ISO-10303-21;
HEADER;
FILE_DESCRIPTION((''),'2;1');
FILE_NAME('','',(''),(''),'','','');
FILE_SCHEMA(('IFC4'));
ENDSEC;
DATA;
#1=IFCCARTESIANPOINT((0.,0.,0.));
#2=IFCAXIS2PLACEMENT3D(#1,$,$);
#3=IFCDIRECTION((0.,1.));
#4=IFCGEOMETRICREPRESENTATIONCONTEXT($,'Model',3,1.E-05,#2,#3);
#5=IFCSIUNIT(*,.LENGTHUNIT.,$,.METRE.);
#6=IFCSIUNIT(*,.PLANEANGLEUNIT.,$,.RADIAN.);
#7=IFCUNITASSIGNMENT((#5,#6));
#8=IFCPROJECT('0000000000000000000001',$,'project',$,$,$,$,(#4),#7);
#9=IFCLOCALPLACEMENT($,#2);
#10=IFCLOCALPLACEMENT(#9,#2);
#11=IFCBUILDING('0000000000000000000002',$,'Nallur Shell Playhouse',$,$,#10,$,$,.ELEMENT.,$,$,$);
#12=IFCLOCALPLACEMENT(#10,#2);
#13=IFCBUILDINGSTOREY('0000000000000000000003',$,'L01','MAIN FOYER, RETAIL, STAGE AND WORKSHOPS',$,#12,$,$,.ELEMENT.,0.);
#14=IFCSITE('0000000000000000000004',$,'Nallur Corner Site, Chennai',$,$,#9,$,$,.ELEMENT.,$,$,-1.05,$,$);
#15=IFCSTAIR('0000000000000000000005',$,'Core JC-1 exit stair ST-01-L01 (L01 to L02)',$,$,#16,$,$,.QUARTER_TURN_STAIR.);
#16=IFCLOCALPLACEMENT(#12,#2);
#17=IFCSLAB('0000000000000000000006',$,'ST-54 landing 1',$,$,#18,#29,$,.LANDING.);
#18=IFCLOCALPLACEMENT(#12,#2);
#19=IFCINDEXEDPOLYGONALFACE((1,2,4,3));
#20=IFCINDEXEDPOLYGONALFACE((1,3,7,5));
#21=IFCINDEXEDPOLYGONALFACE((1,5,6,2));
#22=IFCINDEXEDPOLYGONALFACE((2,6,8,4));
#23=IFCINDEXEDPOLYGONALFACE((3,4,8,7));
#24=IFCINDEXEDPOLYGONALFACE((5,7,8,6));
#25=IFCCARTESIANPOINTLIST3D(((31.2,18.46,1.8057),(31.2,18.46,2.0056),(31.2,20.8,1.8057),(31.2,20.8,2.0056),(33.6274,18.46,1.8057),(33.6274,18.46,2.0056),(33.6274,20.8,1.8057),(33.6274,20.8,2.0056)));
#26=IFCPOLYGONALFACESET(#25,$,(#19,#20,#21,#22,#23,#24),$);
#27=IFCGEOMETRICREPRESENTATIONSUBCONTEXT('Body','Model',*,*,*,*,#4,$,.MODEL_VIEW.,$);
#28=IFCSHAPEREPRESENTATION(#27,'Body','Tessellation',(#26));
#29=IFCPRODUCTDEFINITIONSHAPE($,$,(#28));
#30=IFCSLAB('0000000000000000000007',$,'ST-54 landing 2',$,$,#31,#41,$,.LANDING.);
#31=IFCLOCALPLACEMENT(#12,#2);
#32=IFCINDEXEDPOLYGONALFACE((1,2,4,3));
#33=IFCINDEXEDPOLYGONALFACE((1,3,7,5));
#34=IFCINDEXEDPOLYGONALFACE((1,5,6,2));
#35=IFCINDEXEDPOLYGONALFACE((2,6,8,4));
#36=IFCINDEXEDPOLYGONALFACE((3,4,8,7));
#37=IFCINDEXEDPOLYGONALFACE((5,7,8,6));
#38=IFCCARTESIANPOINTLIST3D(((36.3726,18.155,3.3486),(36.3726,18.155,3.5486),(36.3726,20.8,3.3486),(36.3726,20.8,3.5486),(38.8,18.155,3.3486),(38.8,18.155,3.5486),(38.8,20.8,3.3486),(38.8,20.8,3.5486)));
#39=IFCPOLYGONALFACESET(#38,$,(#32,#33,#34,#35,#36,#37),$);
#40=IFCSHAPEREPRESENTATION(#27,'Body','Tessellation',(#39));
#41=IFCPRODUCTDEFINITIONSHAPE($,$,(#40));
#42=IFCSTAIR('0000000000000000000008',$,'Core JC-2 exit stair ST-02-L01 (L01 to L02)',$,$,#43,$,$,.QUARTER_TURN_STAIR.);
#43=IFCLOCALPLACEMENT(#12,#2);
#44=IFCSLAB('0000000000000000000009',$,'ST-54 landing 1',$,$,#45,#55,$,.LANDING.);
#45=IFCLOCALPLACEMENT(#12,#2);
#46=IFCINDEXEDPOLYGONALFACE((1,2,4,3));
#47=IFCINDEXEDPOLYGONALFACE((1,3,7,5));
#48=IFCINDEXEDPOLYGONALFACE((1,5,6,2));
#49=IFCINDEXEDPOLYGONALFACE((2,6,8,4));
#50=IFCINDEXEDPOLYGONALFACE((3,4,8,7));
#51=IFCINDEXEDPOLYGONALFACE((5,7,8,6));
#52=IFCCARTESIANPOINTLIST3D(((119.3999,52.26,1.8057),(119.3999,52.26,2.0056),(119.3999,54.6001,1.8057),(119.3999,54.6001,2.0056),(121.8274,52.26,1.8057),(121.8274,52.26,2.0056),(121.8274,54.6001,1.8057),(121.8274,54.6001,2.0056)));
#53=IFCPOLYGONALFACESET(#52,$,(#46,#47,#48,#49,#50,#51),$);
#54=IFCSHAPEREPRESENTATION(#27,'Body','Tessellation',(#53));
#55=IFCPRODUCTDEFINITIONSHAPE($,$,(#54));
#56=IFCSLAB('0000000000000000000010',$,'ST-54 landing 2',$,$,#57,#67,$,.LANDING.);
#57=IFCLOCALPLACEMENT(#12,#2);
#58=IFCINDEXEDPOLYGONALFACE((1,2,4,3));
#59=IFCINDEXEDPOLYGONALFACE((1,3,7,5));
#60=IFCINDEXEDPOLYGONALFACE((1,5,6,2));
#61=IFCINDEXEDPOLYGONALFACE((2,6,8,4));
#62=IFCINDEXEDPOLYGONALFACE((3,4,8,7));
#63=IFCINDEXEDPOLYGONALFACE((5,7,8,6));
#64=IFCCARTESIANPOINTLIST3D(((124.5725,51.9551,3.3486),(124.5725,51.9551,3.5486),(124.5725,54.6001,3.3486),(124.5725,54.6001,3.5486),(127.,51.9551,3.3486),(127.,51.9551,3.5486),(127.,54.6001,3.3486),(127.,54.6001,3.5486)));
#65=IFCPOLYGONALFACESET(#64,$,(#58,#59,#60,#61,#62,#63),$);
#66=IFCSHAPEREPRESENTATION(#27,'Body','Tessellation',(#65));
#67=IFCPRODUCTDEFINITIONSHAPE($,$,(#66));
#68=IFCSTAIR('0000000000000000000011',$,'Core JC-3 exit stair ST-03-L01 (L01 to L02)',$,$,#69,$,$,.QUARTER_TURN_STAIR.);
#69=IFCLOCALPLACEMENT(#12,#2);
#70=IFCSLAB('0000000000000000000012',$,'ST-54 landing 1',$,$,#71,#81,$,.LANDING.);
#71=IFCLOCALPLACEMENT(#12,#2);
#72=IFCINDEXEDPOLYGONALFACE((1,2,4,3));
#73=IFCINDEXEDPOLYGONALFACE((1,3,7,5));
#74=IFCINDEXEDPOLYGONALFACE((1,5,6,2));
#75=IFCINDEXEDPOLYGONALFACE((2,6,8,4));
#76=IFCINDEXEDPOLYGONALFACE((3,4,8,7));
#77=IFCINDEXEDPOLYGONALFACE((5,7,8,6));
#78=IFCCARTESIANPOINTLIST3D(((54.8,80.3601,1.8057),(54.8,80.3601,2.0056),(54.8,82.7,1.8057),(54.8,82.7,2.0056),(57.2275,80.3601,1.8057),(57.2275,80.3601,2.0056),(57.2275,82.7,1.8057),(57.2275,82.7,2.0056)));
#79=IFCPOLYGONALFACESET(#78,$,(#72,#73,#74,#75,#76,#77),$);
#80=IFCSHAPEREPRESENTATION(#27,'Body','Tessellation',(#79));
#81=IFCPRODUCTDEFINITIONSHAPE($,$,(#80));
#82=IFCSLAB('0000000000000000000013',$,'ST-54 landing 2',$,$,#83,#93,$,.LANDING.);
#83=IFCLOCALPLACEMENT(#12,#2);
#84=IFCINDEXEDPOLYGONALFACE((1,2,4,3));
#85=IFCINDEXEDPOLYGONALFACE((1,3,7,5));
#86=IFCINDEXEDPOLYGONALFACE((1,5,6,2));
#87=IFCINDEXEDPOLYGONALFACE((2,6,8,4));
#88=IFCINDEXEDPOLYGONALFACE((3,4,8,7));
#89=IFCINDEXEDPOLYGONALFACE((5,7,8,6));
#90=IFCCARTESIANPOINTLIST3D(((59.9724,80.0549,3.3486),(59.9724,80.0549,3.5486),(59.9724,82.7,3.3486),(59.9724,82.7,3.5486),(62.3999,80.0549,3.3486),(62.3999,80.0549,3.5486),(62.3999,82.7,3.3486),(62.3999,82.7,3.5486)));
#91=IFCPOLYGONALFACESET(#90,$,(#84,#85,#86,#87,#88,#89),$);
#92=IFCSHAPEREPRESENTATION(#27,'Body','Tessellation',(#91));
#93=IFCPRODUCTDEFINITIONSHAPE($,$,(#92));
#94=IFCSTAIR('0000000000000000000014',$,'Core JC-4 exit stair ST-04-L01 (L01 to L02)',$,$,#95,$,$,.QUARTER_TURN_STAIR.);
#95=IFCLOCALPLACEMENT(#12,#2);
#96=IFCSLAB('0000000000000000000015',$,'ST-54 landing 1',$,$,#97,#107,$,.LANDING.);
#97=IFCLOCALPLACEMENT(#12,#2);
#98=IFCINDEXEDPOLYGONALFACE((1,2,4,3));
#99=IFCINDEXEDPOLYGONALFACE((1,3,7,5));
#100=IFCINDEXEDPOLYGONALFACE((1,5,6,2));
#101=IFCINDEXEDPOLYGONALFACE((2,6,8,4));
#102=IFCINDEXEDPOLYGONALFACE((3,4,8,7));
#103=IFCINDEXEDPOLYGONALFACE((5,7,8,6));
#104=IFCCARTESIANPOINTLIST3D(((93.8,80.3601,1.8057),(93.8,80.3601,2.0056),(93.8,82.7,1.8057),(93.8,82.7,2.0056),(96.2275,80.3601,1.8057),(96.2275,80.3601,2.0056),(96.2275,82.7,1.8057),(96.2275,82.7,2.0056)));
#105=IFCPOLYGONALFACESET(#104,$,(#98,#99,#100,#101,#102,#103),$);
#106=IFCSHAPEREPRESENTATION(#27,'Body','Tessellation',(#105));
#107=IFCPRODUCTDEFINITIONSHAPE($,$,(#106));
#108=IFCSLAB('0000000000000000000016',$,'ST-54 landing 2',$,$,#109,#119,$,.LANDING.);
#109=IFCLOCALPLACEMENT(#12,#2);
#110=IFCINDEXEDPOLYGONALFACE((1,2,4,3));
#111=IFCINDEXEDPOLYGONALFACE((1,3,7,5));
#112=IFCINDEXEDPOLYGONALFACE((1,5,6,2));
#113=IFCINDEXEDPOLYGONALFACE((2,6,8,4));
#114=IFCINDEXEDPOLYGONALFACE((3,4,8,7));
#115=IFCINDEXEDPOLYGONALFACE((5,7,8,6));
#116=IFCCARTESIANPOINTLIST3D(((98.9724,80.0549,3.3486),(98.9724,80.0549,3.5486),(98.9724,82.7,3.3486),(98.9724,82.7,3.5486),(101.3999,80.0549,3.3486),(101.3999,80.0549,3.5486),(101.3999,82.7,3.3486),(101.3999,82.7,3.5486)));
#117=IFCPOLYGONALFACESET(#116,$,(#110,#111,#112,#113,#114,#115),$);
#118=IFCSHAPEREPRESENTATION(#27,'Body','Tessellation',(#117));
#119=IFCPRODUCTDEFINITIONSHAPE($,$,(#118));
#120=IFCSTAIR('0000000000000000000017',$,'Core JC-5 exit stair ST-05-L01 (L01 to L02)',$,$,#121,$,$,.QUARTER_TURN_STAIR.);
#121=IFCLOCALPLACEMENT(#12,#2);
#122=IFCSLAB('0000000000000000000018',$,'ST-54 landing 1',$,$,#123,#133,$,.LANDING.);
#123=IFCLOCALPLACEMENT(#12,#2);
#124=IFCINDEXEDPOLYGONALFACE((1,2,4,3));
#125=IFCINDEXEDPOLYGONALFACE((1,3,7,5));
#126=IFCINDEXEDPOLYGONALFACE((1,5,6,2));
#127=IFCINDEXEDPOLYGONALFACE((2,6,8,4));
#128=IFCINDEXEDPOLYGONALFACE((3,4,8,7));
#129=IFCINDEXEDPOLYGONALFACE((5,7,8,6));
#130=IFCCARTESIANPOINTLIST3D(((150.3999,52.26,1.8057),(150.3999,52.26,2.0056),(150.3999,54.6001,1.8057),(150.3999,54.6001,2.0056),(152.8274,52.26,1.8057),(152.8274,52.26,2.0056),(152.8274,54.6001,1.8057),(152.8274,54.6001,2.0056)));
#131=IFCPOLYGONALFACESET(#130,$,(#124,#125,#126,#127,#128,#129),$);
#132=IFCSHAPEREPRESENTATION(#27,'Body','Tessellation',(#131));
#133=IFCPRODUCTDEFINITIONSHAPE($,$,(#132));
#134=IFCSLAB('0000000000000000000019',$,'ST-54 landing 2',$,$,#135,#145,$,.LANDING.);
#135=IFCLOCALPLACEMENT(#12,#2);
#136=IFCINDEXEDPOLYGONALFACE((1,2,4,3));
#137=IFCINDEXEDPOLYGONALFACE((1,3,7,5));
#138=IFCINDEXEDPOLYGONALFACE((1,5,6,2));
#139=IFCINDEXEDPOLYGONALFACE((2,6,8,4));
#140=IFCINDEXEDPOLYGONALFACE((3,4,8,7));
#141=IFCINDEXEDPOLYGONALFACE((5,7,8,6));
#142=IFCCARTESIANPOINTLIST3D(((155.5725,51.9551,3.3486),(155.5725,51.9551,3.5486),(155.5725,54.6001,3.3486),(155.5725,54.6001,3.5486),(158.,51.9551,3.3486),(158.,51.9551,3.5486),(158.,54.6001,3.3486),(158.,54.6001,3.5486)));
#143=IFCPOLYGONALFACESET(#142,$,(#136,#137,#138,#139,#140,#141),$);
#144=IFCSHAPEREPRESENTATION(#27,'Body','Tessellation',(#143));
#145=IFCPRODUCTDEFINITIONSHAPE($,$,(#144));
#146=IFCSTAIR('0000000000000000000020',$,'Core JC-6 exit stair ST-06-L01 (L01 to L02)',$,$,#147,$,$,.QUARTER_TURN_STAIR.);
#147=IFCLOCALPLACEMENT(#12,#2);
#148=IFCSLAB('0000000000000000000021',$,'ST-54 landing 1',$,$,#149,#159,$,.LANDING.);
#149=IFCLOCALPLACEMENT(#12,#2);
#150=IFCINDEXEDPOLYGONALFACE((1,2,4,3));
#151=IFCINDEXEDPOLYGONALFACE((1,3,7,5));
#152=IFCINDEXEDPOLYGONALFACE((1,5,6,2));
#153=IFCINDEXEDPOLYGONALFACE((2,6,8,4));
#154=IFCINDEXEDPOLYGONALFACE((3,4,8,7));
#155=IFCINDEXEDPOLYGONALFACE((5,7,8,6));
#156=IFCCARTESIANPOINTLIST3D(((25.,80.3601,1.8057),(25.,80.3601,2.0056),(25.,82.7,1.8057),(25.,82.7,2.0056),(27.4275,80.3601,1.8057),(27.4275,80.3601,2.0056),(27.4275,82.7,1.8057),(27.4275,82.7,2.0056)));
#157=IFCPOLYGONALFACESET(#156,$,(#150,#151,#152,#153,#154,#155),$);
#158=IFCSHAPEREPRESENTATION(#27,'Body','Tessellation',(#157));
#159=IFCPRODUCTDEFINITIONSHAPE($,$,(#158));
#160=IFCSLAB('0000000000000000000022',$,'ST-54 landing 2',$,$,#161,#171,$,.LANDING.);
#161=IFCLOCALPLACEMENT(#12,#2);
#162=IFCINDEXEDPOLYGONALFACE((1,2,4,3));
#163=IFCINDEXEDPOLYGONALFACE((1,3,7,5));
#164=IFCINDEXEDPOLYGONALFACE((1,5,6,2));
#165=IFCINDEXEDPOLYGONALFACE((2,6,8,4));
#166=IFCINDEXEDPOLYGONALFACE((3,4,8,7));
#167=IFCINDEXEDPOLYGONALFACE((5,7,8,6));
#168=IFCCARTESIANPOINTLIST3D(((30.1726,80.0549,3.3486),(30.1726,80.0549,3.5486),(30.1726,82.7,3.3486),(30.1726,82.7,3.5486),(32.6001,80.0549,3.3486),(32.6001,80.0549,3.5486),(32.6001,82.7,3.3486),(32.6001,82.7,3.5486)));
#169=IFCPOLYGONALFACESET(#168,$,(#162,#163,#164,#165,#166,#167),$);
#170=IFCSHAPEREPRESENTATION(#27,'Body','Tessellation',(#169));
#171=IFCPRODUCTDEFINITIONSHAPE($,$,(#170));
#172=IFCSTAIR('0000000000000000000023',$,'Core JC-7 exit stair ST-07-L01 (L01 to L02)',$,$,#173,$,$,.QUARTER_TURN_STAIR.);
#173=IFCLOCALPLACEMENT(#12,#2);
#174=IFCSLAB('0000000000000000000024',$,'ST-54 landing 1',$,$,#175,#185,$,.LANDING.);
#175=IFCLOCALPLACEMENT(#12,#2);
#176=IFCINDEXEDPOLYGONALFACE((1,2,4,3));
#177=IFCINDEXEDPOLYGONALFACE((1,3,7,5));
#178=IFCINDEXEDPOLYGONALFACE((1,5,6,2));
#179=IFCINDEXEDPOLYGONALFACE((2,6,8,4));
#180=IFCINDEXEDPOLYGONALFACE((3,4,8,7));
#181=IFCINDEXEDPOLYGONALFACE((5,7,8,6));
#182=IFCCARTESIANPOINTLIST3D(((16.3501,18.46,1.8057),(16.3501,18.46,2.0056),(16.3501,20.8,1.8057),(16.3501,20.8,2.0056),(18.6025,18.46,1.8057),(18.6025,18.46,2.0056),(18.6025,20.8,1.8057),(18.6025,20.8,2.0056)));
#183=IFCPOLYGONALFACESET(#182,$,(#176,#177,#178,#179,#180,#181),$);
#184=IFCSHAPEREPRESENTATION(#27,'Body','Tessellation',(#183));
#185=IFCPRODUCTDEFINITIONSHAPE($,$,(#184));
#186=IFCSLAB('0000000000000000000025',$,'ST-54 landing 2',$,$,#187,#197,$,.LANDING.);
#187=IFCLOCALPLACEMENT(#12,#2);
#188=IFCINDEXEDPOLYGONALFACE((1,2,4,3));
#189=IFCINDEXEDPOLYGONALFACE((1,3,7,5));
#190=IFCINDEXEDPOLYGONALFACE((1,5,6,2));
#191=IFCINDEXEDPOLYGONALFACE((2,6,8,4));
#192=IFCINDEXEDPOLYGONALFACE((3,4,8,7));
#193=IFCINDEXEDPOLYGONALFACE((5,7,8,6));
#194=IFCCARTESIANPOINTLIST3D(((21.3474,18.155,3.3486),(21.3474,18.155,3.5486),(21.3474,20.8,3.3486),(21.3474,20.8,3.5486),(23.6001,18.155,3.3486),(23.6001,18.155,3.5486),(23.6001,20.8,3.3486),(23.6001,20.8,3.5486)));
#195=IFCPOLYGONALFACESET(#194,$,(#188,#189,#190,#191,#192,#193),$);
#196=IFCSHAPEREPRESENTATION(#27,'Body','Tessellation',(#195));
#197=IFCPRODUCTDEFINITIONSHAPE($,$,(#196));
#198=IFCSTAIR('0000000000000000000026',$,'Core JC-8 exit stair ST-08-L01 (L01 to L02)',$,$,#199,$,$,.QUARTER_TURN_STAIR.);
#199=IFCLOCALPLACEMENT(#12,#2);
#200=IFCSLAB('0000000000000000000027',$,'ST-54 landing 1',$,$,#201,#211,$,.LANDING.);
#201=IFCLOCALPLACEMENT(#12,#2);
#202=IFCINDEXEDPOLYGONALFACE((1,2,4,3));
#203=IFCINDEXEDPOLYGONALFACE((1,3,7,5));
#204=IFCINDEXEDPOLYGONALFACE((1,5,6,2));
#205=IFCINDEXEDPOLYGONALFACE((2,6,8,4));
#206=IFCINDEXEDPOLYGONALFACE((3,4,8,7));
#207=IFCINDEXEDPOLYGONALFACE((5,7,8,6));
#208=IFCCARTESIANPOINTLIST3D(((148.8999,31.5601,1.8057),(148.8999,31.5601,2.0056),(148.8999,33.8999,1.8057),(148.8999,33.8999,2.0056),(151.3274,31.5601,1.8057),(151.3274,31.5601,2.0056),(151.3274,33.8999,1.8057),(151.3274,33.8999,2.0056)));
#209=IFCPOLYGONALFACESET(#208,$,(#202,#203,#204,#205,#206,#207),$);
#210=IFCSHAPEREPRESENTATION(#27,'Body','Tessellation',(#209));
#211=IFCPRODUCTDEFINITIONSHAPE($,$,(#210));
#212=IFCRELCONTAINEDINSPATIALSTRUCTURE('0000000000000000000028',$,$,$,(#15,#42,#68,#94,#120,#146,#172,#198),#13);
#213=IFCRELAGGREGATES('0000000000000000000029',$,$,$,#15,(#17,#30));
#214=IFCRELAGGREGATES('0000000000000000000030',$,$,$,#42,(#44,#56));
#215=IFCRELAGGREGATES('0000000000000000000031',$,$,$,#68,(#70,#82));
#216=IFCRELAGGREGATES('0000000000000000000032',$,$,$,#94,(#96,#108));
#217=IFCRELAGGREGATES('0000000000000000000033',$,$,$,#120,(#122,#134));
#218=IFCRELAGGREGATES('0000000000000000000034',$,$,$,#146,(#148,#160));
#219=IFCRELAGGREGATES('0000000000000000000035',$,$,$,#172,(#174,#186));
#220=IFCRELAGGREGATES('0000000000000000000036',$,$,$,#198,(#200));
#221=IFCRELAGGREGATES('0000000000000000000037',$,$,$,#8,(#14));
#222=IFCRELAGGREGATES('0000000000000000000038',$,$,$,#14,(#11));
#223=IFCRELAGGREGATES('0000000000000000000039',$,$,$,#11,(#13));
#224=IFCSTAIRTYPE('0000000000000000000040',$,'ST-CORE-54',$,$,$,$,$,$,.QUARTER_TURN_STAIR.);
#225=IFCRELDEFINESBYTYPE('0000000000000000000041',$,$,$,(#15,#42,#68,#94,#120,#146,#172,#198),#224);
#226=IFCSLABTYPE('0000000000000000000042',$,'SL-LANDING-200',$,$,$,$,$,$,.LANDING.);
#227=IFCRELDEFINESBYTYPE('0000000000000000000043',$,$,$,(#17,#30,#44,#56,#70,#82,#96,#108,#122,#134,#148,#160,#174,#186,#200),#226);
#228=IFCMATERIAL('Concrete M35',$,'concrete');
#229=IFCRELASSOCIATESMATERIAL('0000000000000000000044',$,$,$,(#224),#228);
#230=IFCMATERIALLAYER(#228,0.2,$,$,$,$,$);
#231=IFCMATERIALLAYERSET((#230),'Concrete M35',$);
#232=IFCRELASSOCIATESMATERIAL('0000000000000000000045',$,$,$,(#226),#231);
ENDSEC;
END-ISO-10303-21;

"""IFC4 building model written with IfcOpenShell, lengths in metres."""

from ifc_helpers import new_model, si_unit, direction, frame, origin, place, context, subcontext, project, spatial, polyline, outline, extrude, material, layer, layer_set, type_object, element, aggregate, save


model = new_model("IFC4")

# Units and contexts
model_context = context("Model", 3, precision=1e-05, world=origin(), true_north=direction((0.0, 1.0)))
body_context = subcontext(model_context, "Body", "Model", "MODEL_VIEW")
ifc_project = project(units=[si_unit("LENGTHUNIT", "METRE"), si_unit("PLANEANGLEUNIT", "RADIAN")], contexts=[model_context])

# Site, building, storey
site_placement = place(None, origin())
site = spatial("IfcSite", under=ifc_project, at=site_placement, Name="Nallur Corner Site, Chennai", CompositionType="ELEMENT", RefElevation=-1.05)
building_placement = place(site_placement, origin())
building = spatial("IfcBuilding", under=site, at=building_placement, Name="Nallur Shell Playhouse", CompositionType="ELEMENT")
storey_placement = place(building_placement, origin())
storey = spatial("IfcBuildingStorey", under=building, at=storey_placement, Name="L01", Description="MAIN FOYER, RETAIL, STAGE AND WORKSHOPS", CompositionType="ELEMENT", Elevation=0.0)

# Stairs, slabs
ifc_material_1 = material(Name="Concrete M35", Category="concrete")
stair_type = type_object("IfcStairType", Name="ST-CORE-54", PredefinedType="QUARTER_TURN_STAIR", material=ifc_material_1)
stair_1_placement = place(storey_placement, origin())
stair_1 = element("IfcStair", 1, at=stair_1_placement, inside=storey, type_object=stair_type, Name="Core JC-1 exit stair ST-01-L01 (L01 to L02)", PredefinedType="QUARTER_TURN_STAIR")
ifc_layer_1 = layer(ifc_material_1, 0.2)
ifc_layer_set_1 = layer_set([ifc_layer_1], Name="Concrete M35")
slab_type = type_object("IfcSlabType", Name="SL-LANDING-200", PredefinedType="LANDING", material=ifc_layer_set_1)
slab_1_placement = place(storey_placement, frame((0.0, 0.0, 1.8057)))
slab_1 = element("IfcSlab", 2, at=slab_1_placement, type_object=slab_type, Name="ST-54 landing 1", PredefinedType="LANDING", context=body_context, shape_type="SweptSolid", body=[
    extrude(outline(polyline([(31.2, 18.46), (33.6274, 18.46), (33.6274, 20.8), (31.2, 20.8), (31.2, 18.46)])), origin(), (0.0, 0.0, 1.0), 0.2),
])
slab_2_placement = place(storey_placement, frame((0.0, 0.0, 3.3486)))
slab_2 = element("IfcSlab", 3, at=slab_2_placement, type_object=slab_type, Name="ST-54 landing 2", PredefinedType="LANDING", context=body_context, shape_type="SweptSolid", body=[
    extrude(outline(polyline([(36.3726, 18.155), (38.8, 18.155), (38.8, 20.8), (36.3726, 20.8), (36.3726, 18.155)])), origin(), (0.0, 0.0, 1.0), 0.2),
])
aggregate(stair_1, [slab_1, slab_2])
stair_2_placement = place(storey_placement, origin())
stair_2 = element("IfcStair", 4, at=stair_2_placement, inside=storey, type_object=stair_type, Name="Core JC-2 exit stair ST-02-L01 (L01 to L02)", PredefinedType="QUARTER_TURN_STAIR")
slab_3_placement = place(storey_placement, frame((0.0, 0.0, 1.8057)))
slab_3 = element("IfcSlab", 5, at=slab_3_placement, type_object=slab_type, Name="ST-54 landing 1", PredefinedType="LANDING", context=body_context, shape_type="SweptSolid", body=[
    extrude(outline(polyline([(119.3999, 52.26), (121.8274, 52.26), (121.8274, 54.6001), (119.3999, 54.6001), (119.3999, 52.26)])), origin(), (0.0, 0.0, 1.0), 0.2),
])
slab_4_placement = place(storey_placement, frame((0.0, 0.0, 3.3486)))
slab_4 = element("IfcSlab", 6, at=slab_4_placement, type_object=slab_type, Name="ST-54 landing 2", PredefinedType="LANDING", context=body_context, shape_type="SweptSolid", body=[
    extrude(outline(polyline([(124.5725, 51.9551), (127.0, 51.9551), (127.0, 54.6001), (124.5725, 54.6001), (124.5725, 51.9551)])), origin(), (0.0, 0.0, 1.0), 0.2),
])
aggregate(stair_2, [slab_3, slab_4])
stair_3_placement = place(storey_placement, origin())
stair_3 = element("IfcStair", 7, at=stair_3_placement, inside=storey, type_object=stair_type, Name="Core JC-3 exit stair ST-03-L01 (L01 to L02)", PredefinedType="QUARTER_TURN_STAIR")
slab_5_placement = place(storey_placement, frame((0.0, 0.0, 1.8057)))
slab_5 = element("IfcSlab", 8, at=slab_5_placement, type_object=slab_type, Name="ST-54 landing 1", PredefinedType="LANDING", context=body_context, shape_type="SweptSolid", body=[
    extrude(outline(polyline([(54.8, 80.3601), (57.2275, 80.3601), (57.2275, 82.7), (54.8, 82.7), (54.8, 80.3601)])), origin(), (0.0, 0.0, 1.0), 0.2),
])
slab_6_placement = place(storey_placement, frame((0.0, 0.0, 3.3486)))
slab_6 = element("IfcSlab", 9, at=slab_6_placement, type_object=slab_type, Name="ST-54 landing 2", PredefinedType="LANDING", context=body_context, shape_type="SweptSolid", body=[
    extrude(outline(polyline([(59.9724, 80.0549), (62.3999, 80.0549), (62.3999, 82.7), (59.9724, 82.7), (59.9724, 80.0549)])), origin(), (0.0, 0.0, 1.0), 0.2),
])
aggregate(stair_3, [slab_5, slab_6])
stair_4_placement = place(storey_placement, origin())
stair_4 = element("IfcStair", 10, at=stair_4_placement, inside=storey, type_object=stair_type, Name="Core JC-4 exit stair ST-04-L01 (L01 to L02)", PredefinedType="QUARTER_TURN_STAIR")
slab_7_placement = place(storey_placement, frame((0.0, 0.0, 1.8057)))
slab_7 = element("IfcSlab", 11, at=slab_7_placement, type_object=slab_type, Name="ST-54 landing 1", PredefinedType="LANDING", context=body_context, shape_type="SweptSolid", body=[
    extrude(outline(polyline([(93.8, 80.3601), (96.2275, 80.3601), (96.2275, 82.7), (93.8, 82.7), (93.8, 80.3601)])), origin(), (0.0, 0.0, 1.0), 0.2),
])
slab_8_placement = place(storey_placement, frame((0.0, 0.0, 3.3486)))
slab_8 = element("IfcSlab", 12, at=slab_8_placement, type_object=slab_type, Name="ST-54 landing 2", PredefinedType="LANDING", context=body_context, shape_type="SweptSolid", body=[
    extrude(outline(polyline([(98.9724, 80.0549), (101.3999, 80.0549), (101.3999, 82.7), (98.9724, 82.7), (98.9724, 80.0549)])), origin(), (0.0, 0.0, 1.0), 0.2),
])
aggregate(stair_4, [slab_7, slab_8])
stair_5_placement = place(storey_placement, origin())
stair_5 = element("IfcStair", 13, at=stair_5_placement, inside=storey, type_object=stair_type, Name="Core JC-5 exit stair ST-05-L01 (L01 to L02)", PredefinedType="QUARTER_TURN_STAIR")
slab_9_placement = place(storey_placement, frame((0.0, 0.0, 1.8057)))
slab_9 = element("IfcSlab", 14, at=slab_9_placement, type_object=slab_type, Name="ST-54 landing 1", PredefinedType="LANDING", context=body_context, shape_type="SweptSolid", body=[
    extrude(outline(polyline([(150.3999, 52.26), (152.8274, 52.26), (152.8274, 54.6001), (150.3999, 54.6001), (150.3999, 52.26)])), origin(), (0.0, 0.0, 1.0), 0.2),
])
slab_10_placement = place(storey_placement, frame((0.0, 0.0, 3.3486)))
slab_10 = element("IfcSlab", 15, at=slab_10_placement, type_object=slab_type, Name="ST-54 landing 2", PredefinedType="LANDING", context=body_context, shape_type="SweptSolid", body=[
    extrude(outline(polyline([(155.5725, 51.9551), (158.0, 51.9551), (158.0, 54.6001), (155.5725, 54.6001), (155.5725, 51.9551)])), origin(), (0.0, 0.0, 1.0), 0.2),
])
aggregate(stair_5, [slab_9, slab_10])
stair_6_placement = place(storey_placement, origin())
stair_6 = element("IfcStair", 16, at=stair_6_placement, inside=storey, type_object=stair_type, Name="Core JC-6 exit stair ST-06-L01 (L01 to L02)", PredefinedType="QUARTER_TURN_STAIR")
slab_11_placement = place(storey_placement, frame((0.0, 0.0, 1.8057)))
slab_11 = element("IfcSlab", 17, at=slab_11_placement, type_object=slab_type, Name="ST-54 landing 1", PredefinedType="LANDING", context=body_context, shape_type="SweptSolid", body=[
    extrude(outline(polyline([(25.0, 80.3601), (27.4275, 80.3601), (27.4275, 82.7), (25.0, 82.7), (25.0, 80.3601)])), origin(), (0.0, 0.0, 1.0), 0.2),
])
slab_12_placement = place(storey_placement, frame((0.0, 0.0, 3.3486)))
slab_12 = element("IfcSlab", 18, at=slab_12_placement, type_object=slab_type, Name="ST-54 landing 2", PredefinedType="LANDING", context=body_context, shape_type="SweptSolid", body=[
    extrude(outline(polyline([(30.1726, 80.0549), (32.6001, 80.0549), (32.6001, 82.7), (30.1726, 82.7), (30.1726, 80.0549)])), origin(), (0.0, 0.0, 1.0), 0.2),
])
aggregate(stair_6, [slab_11, slab_12])
stair_7_placement = place(storey_placement, origin())
stair_7 = element("IfcStair", 19, at=stair_7_placement, inside=storey, type_object=stair_type, Name="Core JC-7 exit stair ST-07-L01 (L01 to L02)", PredefinedType="QUARTER_TURN_STAIR")
slab_13_placement = place(storey_placement, frame((0.0, 0.0, 1.8057)))
slab_13 = element("IfcSlab", 20, at=slab_13_placement, type_object=slab_type, Name="ST-54 landing 1", PredefinedType="LANDING", context=body_context, shape_type="SweptSolid", body=[
    extrude(outline(polyline([(16.3501, 18.46), (18.6025, 18.46), (18.6025, 20.8), (16.3501, 20.8), (16.3501, 18.46)])), origin(), (0.0, 0.0, 1.0), 0.2),
])
slab_14_placement = place(storey_placement, frame((0.0, 0.0, 3.3486)))
slab_14 = element("IfcSlab", 21, at=slab_14_placement, type_object=slab_type, Name="ST-54 landing 2", PredefinedType="LANDING", context=body_context, shape_type="SweptSolid", body=[
    extrude(outline(polyline([(21.3474, 18.155), (23.6001, 18.155), (23.6001, 20.8), (21.3474, 20.8), (21.3474, 18.155)])), origin(), (0.0, 0.0, 1.0), 0.2),
])
aggregate(stair_7, [slab_13, slab_14])
stair_8_placement = place(storey_placement, origin())
stair_8 = element("IfcStair", 22, at=stair_8_placement, inside=storey, type_object=stair_type, Name="Core JC-8 exit stair ST-08-L01 (L01 to L02)", PredefinedType="QUARTER_TURN_STAIR")
slab_15_placement = place(storey_placement, frame((0.0, 0.0, 1.8057)))
slab_15 = element("IfcSlab", 23, at=slab_15_placement, type_object=slab_type, Name="ST-54 landing 1", PredefinedType="LANDING", context=body_context, shape_type="SweptSolid", body=[
    extrude(outline(polyline([(148.8999, 31.5601), (151.3274, 31.5601), (151.3274, 33.8999), (148.8999, 33.8999), (148.8999, 31.5601)])), origin(), (0.0, 0.0, 1.0), 0.2),
])
aggregate(stair_8, [slab_15])

save(model, "model.ifc")
